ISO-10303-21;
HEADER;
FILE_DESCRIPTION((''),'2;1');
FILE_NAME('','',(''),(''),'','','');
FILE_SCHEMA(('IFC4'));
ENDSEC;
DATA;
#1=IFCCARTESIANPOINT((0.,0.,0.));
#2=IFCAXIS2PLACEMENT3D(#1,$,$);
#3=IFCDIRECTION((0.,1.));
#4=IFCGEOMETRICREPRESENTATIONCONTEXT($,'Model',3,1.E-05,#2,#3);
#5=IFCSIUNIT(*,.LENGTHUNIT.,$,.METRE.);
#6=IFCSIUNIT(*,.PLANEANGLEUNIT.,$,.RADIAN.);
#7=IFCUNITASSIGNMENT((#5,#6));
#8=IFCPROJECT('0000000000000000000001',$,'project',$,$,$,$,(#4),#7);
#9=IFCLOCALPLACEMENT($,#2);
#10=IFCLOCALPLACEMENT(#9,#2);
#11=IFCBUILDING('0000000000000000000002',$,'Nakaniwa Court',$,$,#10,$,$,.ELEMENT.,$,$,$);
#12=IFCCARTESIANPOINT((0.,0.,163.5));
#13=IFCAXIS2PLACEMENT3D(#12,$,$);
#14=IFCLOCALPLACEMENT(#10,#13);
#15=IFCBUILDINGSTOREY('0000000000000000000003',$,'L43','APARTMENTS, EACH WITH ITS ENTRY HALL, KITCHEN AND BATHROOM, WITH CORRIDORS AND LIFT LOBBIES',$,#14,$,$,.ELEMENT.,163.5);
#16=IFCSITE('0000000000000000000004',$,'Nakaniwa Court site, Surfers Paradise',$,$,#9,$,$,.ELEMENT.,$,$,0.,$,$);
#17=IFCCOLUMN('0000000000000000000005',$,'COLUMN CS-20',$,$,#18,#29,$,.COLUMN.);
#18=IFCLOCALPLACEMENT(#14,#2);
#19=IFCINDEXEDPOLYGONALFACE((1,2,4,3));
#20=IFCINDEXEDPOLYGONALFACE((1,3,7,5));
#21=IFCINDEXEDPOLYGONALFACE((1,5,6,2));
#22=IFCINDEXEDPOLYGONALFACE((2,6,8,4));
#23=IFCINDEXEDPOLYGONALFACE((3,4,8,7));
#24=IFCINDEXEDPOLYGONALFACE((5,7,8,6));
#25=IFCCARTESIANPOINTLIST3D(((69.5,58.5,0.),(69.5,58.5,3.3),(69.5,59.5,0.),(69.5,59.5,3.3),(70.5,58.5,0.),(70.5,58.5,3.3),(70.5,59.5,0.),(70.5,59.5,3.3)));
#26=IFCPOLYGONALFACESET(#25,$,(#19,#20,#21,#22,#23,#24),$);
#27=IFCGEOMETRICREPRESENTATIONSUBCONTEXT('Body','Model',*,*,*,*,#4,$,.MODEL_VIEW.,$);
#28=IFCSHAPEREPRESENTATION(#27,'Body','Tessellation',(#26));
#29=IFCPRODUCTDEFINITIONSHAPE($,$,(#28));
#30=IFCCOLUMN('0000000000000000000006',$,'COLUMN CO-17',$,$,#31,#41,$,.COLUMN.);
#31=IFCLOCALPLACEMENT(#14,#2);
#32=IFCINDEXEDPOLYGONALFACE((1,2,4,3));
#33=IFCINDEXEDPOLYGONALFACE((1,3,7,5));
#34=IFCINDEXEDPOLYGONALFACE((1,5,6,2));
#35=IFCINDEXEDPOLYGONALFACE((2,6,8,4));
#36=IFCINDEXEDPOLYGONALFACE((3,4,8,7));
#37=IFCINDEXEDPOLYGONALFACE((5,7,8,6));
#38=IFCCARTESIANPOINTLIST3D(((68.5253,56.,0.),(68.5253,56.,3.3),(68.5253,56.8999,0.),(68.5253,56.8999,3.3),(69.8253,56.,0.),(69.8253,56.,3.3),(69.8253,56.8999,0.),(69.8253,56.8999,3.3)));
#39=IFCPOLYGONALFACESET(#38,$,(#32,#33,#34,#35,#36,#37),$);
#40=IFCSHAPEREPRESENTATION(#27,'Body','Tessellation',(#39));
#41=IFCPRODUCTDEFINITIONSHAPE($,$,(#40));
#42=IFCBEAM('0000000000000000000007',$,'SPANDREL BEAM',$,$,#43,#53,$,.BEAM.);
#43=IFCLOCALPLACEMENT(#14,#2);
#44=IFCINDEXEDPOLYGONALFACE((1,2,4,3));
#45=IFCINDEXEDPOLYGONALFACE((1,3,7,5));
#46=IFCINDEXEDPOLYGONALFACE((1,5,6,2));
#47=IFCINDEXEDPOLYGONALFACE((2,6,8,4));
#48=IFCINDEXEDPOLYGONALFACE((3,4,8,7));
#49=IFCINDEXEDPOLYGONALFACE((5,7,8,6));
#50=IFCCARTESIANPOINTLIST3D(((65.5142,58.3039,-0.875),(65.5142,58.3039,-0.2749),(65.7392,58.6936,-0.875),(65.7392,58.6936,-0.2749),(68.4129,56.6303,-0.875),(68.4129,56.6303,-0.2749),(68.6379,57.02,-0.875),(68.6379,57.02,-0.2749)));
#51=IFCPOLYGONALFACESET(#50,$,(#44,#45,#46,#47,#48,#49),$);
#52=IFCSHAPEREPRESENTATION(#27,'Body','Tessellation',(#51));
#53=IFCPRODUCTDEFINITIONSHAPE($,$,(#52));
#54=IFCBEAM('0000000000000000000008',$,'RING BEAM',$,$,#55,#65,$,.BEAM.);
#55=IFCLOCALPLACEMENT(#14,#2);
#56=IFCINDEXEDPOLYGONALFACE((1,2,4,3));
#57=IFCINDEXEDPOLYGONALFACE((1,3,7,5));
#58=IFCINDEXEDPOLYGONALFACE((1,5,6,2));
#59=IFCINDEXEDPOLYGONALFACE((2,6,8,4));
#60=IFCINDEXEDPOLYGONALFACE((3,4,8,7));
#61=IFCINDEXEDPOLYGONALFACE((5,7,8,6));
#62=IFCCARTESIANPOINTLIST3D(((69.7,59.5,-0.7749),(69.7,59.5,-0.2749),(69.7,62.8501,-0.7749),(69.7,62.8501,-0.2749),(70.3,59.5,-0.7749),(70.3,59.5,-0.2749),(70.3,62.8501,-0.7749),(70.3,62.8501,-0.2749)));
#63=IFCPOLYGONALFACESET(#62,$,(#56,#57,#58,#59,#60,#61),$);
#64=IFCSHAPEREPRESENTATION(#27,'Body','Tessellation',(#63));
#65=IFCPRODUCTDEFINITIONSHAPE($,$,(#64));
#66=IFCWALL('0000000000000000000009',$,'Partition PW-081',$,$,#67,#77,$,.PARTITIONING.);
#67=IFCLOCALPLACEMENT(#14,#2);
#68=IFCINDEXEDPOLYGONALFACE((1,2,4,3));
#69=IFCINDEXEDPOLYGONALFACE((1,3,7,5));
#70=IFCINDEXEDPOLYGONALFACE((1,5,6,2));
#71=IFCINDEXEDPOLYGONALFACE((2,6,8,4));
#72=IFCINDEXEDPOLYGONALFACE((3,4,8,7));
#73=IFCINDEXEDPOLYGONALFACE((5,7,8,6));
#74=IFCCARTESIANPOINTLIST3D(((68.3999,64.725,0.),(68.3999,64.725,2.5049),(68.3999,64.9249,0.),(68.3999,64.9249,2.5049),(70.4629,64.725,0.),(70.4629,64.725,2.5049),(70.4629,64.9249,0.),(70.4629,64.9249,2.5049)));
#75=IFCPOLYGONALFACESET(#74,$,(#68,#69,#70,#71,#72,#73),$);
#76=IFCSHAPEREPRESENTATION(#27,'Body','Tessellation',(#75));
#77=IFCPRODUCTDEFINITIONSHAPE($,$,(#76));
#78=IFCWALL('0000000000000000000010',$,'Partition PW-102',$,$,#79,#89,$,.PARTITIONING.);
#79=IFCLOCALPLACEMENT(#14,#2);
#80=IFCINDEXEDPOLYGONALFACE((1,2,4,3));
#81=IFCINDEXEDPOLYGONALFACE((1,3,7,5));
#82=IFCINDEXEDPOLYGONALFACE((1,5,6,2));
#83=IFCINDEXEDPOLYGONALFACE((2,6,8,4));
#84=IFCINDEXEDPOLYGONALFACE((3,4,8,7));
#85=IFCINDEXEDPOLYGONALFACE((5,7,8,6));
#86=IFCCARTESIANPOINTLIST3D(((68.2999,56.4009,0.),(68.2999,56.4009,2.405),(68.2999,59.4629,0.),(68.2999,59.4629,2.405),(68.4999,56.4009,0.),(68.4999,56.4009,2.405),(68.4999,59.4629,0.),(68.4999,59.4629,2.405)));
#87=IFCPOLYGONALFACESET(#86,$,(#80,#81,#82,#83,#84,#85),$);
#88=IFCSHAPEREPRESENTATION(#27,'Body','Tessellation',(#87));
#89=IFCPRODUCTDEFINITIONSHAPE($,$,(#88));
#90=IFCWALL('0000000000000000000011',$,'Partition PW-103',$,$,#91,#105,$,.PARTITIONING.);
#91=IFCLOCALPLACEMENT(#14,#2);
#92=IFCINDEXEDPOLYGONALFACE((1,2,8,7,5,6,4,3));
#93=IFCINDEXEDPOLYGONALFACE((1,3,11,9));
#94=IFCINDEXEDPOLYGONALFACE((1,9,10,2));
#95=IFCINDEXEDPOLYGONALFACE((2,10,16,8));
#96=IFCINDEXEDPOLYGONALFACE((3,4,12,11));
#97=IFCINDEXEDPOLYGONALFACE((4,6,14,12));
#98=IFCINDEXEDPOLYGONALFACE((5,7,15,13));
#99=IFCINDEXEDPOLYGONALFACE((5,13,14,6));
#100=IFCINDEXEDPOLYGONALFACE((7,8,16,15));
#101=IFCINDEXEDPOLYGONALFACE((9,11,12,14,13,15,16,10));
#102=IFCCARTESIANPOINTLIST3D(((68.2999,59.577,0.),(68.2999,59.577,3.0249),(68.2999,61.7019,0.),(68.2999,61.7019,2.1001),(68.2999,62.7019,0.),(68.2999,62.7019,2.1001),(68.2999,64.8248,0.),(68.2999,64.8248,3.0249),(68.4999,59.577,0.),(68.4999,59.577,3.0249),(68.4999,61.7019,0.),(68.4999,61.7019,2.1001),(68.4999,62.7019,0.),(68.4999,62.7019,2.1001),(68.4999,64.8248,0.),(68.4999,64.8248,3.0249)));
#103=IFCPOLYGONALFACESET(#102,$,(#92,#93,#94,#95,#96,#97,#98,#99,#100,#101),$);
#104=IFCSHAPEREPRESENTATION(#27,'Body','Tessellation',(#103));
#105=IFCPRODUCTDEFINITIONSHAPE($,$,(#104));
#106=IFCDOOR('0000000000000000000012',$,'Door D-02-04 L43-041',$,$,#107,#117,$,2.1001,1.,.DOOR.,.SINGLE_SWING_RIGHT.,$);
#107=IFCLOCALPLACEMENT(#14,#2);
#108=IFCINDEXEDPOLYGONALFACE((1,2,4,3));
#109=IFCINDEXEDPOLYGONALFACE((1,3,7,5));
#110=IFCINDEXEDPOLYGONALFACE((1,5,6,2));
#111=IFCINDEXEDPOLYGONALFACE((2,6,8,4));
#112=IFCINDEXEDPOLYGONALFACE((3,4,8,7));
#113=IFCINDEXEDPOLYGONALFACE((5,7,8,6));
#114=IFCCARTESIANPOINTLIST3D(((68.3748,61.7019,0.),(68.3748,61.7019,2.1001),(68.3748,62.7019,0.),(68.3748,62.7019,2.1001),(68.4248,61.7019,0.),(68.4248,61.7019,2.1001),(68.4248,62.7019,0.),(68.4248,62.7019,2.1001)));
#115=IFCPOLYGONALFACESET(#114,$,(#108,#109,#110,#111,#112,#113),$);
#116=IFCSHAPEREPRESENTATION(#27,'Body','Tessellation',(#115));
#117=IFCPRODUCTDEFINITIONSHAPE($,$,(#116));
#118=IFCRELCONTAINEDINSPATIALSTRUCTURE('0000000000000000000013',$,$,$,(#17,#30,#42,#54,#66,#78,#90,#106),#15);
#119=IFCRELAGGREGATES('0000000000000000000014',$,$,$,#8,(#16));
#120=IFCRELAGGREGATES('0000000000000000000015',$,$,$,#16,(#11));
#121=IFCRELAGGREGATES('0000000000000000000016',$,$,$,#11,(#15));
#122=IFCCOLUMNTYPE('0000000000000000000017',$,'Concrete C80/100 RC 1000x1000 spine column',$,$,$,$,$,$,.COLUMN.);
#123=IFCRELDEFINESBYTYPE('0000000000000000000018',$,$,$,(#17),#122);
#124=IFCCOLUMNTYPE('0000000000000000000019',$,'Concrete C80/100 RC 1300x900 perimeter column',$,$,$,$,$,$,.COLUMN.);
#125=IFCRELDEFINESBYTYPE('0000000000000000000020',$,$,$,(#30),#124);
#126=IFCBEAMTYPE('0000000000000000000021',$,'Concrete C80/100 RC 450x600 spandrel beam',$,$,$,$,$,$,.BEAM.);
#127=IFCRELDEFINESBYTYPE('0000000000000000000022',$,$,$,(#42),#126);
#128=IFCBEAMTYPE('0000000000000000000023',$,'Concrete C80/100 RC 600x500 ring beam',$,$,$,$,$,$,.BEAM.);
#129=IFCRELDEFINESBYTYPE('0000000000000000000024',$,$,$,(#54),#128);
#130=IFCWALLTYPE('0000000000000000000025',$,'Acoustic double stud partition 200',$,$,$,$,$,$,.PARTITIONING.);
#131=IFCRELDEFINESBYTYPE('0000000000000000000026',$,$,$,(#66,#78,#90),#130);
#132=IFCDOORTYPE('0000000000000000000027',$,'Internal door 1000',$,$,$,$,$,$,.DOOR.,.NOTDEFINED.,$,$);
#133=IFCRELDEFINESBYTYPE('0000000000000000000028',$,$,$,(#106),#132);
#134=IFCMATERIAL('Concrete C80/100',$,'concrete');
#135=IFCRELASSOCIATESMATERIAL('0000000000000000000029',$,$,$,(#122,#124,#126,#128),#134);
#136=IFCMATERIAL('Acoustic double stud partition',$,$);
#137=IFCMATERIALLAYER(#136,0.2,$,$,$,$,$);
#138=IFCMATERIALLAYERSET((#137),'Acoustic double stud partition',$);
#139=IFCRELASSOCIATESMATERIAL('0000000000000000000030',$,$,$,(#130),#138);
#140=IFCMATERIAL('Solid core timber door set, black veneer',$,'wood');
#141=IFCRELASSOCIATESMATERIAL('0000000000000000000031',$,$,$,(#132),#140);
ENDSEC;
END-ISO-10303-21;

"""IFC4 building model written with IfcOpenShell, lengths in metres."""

from ifc_helpers import new_model, si_unit, direction, frame, frame_2d, origin, origin_2d, place, context, subcontext, project, spatial, rectangle, extrude, material, layer, layer_set, material_profile, profile_set, type_object, element, fill, save


model = new_model("IFC4")

# Units and contexts
model_context = context("Model", 3, precision=1e-05, world=origin(), true_north=direction((0.0, 1.0)))
body_context = subcontext(model_context, "Body", "Model", "MODEL_VIEW")
ifc_project = project(units=[si_unit("LENGTHUNIT", "METRE"), si_unit("PLANEANGLEUNIT", "RADIAN")], contexts=[model_context])

# Site, building, storey
site_placement = place(None, origin())
site = spatial("IfcSite", under=ifc_project, at=site_placement, Name="Nakaniwa Court site, Surfers Paradise", CompositionType="ELEMENT", RefElevation=0.0)
building_placement = place(site_placement, origin())
building = spatial("IfcBuilding", under=site, at=building_placement, Name="Nakaniwa Court", CompositionType="ELEMENT")
storey_placement = place(building_placement, frame((0.0, 0.0, 163.5)))
storey = spatial("IfcBuildingStorey", under=building, at=storey_placement, Name="L43", Description="APARTMENTS, EACH WITH ITS ENTRY HALL, KITCHEN AND BATHROOM, WITH CORRIDORS AND LIFT LOBBIES", CompositionType="ELEMENT", Elevation=163.5)

# Columns
ifc_material_1 = material(Name="Concrete C80/100", Category="concrete")
ifc_material_profile_1 = material_profile(ifc_material_1, rectangle(XDim=1.0, YDim=1.0, at=origin_2d()), Name="Concrete C80/100 RC 1000x1000 spine column")
ifc_profile_set_1 = profile_set([ifc_material_profile_1], Name="Concrete C80/100")
column_type_1 = type_object("IfcColumnType", Name="Concrete C80/100 RC 1000x1000 spine column", PredefinedType="COLUMN", material=ifc_profile_set_1)
column_1_placement = place(storey_placement, frame((70.0, 59.0, 0.0), z_axis=(0.0, 0.0, 1.0), x_axis=(0.0, -1.0, 0.0)))
element("IfcColumn", 1, at=column_1_placement, inside=storey, type_object=column_type_1, Name="COLUMN CS-20", PredefinedType="COLUMN", context=body_context, shape_type="SweptSolid", body=[
    extrude(rectangle(XDim=1.0, YDim=1.0, at=origin_2d()), origin(), (0.0, 0.0, 1.0), 3.3),
])
ifc_material_profile_2 = material_profile(ifc_material_1, rectangle(XDim=1.3, YDim=0.8999, at=origin_2d()), Name="Concrete C80/100 RC 1300x900 perimeter column")
ifc_profile_set_2 = profile_set([ifc_material_profile_2], Name="Concrete C80/100")
column_type_2 = type_object("IfcColumnType", Name="Concrete C80/100 RC 1300x900 perimeter column", PredefinedType="COLUMN", material=ifc_profile_set_2)
column_2_placement = place(storey_placement, frame((69.1753, 56.45, 0.0), z_axis=(0.0, 0.0, 1.0), x_axis=(1.0, 0.0, 0.0)))
element("IfcColumn", 2, at=column_2_placement, inside=storey, type_object=column_type_2, Name="COLUMN CO-17", PredefinedType="COLUMN", context=body_context, shape_type="SweptSolid", body=[
    extrude(rectangle(XDim=1.3, YDim=0.8999, at=origin_2d()), origin(), (0.0, 0.0, 1.0), 3.3),
])

# Beams
ifc_material_profile_3 = material_profile(ifc_material_1, rectangle(XDim=0.45, YDim=0.6001, at=origin_2d()), Name="Concrete C80/100 RC 450x600 spandrel beam")
ifc_profile_set_3 = profile_set([ifc_material_profile_3], Name="Concrete C80/100")
beam_type_1 = type_object("IfcBeamType", Name="Concrete C80/100 RC 450x600 spandrel beam", PredefinedType="BEAM", material=ifc_profile_set_3)
beam_1_placement = place(storey_placement, frame((65.6267, 58.4988, -0.575), z_axis=(0.866022, -0.500007, 0.0), x_axis=(0.500007, 0.866022, 0.0)))
element("IfcBeam", 3, at=beam_1_placement, inside=storey, type_object=beam_type_1, Name="SPANDREL BEAM", PredefinedType="BEAM", context=body_context, shape_type="SweptSolid", body=[
    extrude(rectangle(XDim=0.45, YDim=0.6001, at=origin_2d()), origin(), (0.0, 0.0, 1.0), 3.3472),
])
ifc_material_profile_4 = material_profile(ifc_material_1, rectangle(XDim=0.6001, YDim=0.5, at=origin_2d()), Name="Concrete C80/100 RC 600x500 ring beam")
ifc_profile_set_4 = profile_set([ifc_material_profile_4], Name="Concrete C80/100")
beam_type_2 = type_object("IfcBeamType", Name="Concrete C80/100 RC 600x500 ring beam", PredefinedType="BEAM", material=ifc_profile_set_4)
beam_2_placement = place(storey_placement, frame((70.0, 62.8501, -0.5249), z_axis=(0.0, -1.0, 0.0), x_axis=(1.0, 0.0, 0.0)))
element("IfcBeam", 4, at=beam_2_placement, inside=storey, type_object=beam_type_2, Name="RING BEAM", PredefinedType="BEAM", context=body_context, shape_type="SweptSolid", body=[
    extrude(rectangle(XDim=0.6001, YDim=0.5, at=origin_2d()), origin(), (0.0, 0.0, 1.0), 3.3501),
])

# Walls
ifc_material_2 = material(Name="Acoustic double stud partition")
ifc_layer_1 = layer(ifc_material_2, 0.2)
ifc_layer_set_1 = layer_set([ifc_layer_1], Name="Acoustic double stud partition")
wall_type_1 = type_object("IfcWallType", Name="Acoustic double stud partition 200", PredefinedType="PARTITIONING", material=ifc_layer_set_1)
wall_1_placement = place(storey_placement, frame((68.3999, 64.825, 0.0), z_axis=(0.0, 0.0, 1.0), x_axis=(1.0, 0.0, 0.0)))
element("IfcWall", 5, at=wall_1_placement, inside=storey, type_object=wall_type_1, Name="Partition PW-081", PredefinedType="PARTITIONING", context=body_context, shape_type="SweptSolid", body=[
    extrude(rectangle(XDim=2.063, YDim=0.2, at=frame_2d((1.0315, 0.0))), origin(), (0.0, 0.0, 1.0), 2.5049),
])
wall_2_placement = place(storey_placement, frame((68.3999, 56.4009, 0.0), z_axis=(0.0, 0.0, 1.0), x_axis=(0.0, 1.0, 0.0)))
element("IfcWall", 6, at=wall_2_placement, inside=storey, type_object=wall_type_1, Name="Partition PW-102", PredefinedType="PARTITIONING", context=body_context, shape_type="SweptSolid", body=[
    extrude(rectangle(XDim=3.062, YDim=0.2, at=frame_2d((1.531, 0.0))), origin(), (0.0, 0.0, 1.0), 2.405),
])

# Wall, opening, door
wall_3_placement = place(storey_placement, frame((68.3999, 64.825, 0.0), z_axis=(0.0, 0.0, 1.0), x_axis=(0.0, -1.0, 0.0)))
wall_3 = element("IfcWall", 7, at=wall_3_placement, inside=storey, type_object=wall_type_1, Name="Partition PW-103", PredefinedType="PARTITIONING", context=body_context, shape_type="SweptSolid", body=[
    extrude(rectangle(XDim=5.2478, YDim=0.2, at=frame_2d((2.624, 0.0))), origin(), (0.0, 0.0, 1.0), 3.0249),
])
opening_1_placement = place(wall_3_placement, frame((2.123, 0.0, 0.0)))
opening_1 = element("IfcOpeningElement", 8, at=opening_1_placement, cuts=wall_3, PredefinedType="OPENING", context=body_context, shape_type="SweptSolid", body=[
    extrude(rectangle(XDim=1.0, YDim=2.1001, at=frame_2d((0.5, 1.05))), frame((0.0, 0.1099, 0.0), z_axis=(0.0, -1.0, 0.0), x_axis=(1.0, 0.0, 0.0)), (0.0, 0.0, 1.0), 0.22),
])
ifc_material_3 = material(Name="Solid core timber door set, black veneer", Category="wood")
door_type_1 = type_object("IfcDoorType", Name="Internal door 1000", OperationType="NOTDEFINED", PredefinedType="DOOR", material=ifc_material_3)
door_1_placement = place(opening_1_placement, origin())
door_1 = element("IfcDoor", 9, at=door_1_placement, inside=storey, type_object=door_type_1, Name="Door D-02-04 L43-041", OperationType="SINGLE_SWING_RIGHT", OverallHeight=2.1001, OverallWidth=1.0, PredefinedType="DOOR", context=body_context, shape_type="SweptSolid", body=[
    extrude(rectangle(XDim=1.0, YDim=2.1001, at=frame_2d((0.5, 1.05))), frame((0.0, 0.0249, 0.0), z_axis=(0.0, -1.0, 0.0), x_axis=(1.0, 0.0, 0.0)), (0.0, 0.0, 1.0), 0.05),
])
fill(opening_1, door_1)

save(model, "model.ifc")
